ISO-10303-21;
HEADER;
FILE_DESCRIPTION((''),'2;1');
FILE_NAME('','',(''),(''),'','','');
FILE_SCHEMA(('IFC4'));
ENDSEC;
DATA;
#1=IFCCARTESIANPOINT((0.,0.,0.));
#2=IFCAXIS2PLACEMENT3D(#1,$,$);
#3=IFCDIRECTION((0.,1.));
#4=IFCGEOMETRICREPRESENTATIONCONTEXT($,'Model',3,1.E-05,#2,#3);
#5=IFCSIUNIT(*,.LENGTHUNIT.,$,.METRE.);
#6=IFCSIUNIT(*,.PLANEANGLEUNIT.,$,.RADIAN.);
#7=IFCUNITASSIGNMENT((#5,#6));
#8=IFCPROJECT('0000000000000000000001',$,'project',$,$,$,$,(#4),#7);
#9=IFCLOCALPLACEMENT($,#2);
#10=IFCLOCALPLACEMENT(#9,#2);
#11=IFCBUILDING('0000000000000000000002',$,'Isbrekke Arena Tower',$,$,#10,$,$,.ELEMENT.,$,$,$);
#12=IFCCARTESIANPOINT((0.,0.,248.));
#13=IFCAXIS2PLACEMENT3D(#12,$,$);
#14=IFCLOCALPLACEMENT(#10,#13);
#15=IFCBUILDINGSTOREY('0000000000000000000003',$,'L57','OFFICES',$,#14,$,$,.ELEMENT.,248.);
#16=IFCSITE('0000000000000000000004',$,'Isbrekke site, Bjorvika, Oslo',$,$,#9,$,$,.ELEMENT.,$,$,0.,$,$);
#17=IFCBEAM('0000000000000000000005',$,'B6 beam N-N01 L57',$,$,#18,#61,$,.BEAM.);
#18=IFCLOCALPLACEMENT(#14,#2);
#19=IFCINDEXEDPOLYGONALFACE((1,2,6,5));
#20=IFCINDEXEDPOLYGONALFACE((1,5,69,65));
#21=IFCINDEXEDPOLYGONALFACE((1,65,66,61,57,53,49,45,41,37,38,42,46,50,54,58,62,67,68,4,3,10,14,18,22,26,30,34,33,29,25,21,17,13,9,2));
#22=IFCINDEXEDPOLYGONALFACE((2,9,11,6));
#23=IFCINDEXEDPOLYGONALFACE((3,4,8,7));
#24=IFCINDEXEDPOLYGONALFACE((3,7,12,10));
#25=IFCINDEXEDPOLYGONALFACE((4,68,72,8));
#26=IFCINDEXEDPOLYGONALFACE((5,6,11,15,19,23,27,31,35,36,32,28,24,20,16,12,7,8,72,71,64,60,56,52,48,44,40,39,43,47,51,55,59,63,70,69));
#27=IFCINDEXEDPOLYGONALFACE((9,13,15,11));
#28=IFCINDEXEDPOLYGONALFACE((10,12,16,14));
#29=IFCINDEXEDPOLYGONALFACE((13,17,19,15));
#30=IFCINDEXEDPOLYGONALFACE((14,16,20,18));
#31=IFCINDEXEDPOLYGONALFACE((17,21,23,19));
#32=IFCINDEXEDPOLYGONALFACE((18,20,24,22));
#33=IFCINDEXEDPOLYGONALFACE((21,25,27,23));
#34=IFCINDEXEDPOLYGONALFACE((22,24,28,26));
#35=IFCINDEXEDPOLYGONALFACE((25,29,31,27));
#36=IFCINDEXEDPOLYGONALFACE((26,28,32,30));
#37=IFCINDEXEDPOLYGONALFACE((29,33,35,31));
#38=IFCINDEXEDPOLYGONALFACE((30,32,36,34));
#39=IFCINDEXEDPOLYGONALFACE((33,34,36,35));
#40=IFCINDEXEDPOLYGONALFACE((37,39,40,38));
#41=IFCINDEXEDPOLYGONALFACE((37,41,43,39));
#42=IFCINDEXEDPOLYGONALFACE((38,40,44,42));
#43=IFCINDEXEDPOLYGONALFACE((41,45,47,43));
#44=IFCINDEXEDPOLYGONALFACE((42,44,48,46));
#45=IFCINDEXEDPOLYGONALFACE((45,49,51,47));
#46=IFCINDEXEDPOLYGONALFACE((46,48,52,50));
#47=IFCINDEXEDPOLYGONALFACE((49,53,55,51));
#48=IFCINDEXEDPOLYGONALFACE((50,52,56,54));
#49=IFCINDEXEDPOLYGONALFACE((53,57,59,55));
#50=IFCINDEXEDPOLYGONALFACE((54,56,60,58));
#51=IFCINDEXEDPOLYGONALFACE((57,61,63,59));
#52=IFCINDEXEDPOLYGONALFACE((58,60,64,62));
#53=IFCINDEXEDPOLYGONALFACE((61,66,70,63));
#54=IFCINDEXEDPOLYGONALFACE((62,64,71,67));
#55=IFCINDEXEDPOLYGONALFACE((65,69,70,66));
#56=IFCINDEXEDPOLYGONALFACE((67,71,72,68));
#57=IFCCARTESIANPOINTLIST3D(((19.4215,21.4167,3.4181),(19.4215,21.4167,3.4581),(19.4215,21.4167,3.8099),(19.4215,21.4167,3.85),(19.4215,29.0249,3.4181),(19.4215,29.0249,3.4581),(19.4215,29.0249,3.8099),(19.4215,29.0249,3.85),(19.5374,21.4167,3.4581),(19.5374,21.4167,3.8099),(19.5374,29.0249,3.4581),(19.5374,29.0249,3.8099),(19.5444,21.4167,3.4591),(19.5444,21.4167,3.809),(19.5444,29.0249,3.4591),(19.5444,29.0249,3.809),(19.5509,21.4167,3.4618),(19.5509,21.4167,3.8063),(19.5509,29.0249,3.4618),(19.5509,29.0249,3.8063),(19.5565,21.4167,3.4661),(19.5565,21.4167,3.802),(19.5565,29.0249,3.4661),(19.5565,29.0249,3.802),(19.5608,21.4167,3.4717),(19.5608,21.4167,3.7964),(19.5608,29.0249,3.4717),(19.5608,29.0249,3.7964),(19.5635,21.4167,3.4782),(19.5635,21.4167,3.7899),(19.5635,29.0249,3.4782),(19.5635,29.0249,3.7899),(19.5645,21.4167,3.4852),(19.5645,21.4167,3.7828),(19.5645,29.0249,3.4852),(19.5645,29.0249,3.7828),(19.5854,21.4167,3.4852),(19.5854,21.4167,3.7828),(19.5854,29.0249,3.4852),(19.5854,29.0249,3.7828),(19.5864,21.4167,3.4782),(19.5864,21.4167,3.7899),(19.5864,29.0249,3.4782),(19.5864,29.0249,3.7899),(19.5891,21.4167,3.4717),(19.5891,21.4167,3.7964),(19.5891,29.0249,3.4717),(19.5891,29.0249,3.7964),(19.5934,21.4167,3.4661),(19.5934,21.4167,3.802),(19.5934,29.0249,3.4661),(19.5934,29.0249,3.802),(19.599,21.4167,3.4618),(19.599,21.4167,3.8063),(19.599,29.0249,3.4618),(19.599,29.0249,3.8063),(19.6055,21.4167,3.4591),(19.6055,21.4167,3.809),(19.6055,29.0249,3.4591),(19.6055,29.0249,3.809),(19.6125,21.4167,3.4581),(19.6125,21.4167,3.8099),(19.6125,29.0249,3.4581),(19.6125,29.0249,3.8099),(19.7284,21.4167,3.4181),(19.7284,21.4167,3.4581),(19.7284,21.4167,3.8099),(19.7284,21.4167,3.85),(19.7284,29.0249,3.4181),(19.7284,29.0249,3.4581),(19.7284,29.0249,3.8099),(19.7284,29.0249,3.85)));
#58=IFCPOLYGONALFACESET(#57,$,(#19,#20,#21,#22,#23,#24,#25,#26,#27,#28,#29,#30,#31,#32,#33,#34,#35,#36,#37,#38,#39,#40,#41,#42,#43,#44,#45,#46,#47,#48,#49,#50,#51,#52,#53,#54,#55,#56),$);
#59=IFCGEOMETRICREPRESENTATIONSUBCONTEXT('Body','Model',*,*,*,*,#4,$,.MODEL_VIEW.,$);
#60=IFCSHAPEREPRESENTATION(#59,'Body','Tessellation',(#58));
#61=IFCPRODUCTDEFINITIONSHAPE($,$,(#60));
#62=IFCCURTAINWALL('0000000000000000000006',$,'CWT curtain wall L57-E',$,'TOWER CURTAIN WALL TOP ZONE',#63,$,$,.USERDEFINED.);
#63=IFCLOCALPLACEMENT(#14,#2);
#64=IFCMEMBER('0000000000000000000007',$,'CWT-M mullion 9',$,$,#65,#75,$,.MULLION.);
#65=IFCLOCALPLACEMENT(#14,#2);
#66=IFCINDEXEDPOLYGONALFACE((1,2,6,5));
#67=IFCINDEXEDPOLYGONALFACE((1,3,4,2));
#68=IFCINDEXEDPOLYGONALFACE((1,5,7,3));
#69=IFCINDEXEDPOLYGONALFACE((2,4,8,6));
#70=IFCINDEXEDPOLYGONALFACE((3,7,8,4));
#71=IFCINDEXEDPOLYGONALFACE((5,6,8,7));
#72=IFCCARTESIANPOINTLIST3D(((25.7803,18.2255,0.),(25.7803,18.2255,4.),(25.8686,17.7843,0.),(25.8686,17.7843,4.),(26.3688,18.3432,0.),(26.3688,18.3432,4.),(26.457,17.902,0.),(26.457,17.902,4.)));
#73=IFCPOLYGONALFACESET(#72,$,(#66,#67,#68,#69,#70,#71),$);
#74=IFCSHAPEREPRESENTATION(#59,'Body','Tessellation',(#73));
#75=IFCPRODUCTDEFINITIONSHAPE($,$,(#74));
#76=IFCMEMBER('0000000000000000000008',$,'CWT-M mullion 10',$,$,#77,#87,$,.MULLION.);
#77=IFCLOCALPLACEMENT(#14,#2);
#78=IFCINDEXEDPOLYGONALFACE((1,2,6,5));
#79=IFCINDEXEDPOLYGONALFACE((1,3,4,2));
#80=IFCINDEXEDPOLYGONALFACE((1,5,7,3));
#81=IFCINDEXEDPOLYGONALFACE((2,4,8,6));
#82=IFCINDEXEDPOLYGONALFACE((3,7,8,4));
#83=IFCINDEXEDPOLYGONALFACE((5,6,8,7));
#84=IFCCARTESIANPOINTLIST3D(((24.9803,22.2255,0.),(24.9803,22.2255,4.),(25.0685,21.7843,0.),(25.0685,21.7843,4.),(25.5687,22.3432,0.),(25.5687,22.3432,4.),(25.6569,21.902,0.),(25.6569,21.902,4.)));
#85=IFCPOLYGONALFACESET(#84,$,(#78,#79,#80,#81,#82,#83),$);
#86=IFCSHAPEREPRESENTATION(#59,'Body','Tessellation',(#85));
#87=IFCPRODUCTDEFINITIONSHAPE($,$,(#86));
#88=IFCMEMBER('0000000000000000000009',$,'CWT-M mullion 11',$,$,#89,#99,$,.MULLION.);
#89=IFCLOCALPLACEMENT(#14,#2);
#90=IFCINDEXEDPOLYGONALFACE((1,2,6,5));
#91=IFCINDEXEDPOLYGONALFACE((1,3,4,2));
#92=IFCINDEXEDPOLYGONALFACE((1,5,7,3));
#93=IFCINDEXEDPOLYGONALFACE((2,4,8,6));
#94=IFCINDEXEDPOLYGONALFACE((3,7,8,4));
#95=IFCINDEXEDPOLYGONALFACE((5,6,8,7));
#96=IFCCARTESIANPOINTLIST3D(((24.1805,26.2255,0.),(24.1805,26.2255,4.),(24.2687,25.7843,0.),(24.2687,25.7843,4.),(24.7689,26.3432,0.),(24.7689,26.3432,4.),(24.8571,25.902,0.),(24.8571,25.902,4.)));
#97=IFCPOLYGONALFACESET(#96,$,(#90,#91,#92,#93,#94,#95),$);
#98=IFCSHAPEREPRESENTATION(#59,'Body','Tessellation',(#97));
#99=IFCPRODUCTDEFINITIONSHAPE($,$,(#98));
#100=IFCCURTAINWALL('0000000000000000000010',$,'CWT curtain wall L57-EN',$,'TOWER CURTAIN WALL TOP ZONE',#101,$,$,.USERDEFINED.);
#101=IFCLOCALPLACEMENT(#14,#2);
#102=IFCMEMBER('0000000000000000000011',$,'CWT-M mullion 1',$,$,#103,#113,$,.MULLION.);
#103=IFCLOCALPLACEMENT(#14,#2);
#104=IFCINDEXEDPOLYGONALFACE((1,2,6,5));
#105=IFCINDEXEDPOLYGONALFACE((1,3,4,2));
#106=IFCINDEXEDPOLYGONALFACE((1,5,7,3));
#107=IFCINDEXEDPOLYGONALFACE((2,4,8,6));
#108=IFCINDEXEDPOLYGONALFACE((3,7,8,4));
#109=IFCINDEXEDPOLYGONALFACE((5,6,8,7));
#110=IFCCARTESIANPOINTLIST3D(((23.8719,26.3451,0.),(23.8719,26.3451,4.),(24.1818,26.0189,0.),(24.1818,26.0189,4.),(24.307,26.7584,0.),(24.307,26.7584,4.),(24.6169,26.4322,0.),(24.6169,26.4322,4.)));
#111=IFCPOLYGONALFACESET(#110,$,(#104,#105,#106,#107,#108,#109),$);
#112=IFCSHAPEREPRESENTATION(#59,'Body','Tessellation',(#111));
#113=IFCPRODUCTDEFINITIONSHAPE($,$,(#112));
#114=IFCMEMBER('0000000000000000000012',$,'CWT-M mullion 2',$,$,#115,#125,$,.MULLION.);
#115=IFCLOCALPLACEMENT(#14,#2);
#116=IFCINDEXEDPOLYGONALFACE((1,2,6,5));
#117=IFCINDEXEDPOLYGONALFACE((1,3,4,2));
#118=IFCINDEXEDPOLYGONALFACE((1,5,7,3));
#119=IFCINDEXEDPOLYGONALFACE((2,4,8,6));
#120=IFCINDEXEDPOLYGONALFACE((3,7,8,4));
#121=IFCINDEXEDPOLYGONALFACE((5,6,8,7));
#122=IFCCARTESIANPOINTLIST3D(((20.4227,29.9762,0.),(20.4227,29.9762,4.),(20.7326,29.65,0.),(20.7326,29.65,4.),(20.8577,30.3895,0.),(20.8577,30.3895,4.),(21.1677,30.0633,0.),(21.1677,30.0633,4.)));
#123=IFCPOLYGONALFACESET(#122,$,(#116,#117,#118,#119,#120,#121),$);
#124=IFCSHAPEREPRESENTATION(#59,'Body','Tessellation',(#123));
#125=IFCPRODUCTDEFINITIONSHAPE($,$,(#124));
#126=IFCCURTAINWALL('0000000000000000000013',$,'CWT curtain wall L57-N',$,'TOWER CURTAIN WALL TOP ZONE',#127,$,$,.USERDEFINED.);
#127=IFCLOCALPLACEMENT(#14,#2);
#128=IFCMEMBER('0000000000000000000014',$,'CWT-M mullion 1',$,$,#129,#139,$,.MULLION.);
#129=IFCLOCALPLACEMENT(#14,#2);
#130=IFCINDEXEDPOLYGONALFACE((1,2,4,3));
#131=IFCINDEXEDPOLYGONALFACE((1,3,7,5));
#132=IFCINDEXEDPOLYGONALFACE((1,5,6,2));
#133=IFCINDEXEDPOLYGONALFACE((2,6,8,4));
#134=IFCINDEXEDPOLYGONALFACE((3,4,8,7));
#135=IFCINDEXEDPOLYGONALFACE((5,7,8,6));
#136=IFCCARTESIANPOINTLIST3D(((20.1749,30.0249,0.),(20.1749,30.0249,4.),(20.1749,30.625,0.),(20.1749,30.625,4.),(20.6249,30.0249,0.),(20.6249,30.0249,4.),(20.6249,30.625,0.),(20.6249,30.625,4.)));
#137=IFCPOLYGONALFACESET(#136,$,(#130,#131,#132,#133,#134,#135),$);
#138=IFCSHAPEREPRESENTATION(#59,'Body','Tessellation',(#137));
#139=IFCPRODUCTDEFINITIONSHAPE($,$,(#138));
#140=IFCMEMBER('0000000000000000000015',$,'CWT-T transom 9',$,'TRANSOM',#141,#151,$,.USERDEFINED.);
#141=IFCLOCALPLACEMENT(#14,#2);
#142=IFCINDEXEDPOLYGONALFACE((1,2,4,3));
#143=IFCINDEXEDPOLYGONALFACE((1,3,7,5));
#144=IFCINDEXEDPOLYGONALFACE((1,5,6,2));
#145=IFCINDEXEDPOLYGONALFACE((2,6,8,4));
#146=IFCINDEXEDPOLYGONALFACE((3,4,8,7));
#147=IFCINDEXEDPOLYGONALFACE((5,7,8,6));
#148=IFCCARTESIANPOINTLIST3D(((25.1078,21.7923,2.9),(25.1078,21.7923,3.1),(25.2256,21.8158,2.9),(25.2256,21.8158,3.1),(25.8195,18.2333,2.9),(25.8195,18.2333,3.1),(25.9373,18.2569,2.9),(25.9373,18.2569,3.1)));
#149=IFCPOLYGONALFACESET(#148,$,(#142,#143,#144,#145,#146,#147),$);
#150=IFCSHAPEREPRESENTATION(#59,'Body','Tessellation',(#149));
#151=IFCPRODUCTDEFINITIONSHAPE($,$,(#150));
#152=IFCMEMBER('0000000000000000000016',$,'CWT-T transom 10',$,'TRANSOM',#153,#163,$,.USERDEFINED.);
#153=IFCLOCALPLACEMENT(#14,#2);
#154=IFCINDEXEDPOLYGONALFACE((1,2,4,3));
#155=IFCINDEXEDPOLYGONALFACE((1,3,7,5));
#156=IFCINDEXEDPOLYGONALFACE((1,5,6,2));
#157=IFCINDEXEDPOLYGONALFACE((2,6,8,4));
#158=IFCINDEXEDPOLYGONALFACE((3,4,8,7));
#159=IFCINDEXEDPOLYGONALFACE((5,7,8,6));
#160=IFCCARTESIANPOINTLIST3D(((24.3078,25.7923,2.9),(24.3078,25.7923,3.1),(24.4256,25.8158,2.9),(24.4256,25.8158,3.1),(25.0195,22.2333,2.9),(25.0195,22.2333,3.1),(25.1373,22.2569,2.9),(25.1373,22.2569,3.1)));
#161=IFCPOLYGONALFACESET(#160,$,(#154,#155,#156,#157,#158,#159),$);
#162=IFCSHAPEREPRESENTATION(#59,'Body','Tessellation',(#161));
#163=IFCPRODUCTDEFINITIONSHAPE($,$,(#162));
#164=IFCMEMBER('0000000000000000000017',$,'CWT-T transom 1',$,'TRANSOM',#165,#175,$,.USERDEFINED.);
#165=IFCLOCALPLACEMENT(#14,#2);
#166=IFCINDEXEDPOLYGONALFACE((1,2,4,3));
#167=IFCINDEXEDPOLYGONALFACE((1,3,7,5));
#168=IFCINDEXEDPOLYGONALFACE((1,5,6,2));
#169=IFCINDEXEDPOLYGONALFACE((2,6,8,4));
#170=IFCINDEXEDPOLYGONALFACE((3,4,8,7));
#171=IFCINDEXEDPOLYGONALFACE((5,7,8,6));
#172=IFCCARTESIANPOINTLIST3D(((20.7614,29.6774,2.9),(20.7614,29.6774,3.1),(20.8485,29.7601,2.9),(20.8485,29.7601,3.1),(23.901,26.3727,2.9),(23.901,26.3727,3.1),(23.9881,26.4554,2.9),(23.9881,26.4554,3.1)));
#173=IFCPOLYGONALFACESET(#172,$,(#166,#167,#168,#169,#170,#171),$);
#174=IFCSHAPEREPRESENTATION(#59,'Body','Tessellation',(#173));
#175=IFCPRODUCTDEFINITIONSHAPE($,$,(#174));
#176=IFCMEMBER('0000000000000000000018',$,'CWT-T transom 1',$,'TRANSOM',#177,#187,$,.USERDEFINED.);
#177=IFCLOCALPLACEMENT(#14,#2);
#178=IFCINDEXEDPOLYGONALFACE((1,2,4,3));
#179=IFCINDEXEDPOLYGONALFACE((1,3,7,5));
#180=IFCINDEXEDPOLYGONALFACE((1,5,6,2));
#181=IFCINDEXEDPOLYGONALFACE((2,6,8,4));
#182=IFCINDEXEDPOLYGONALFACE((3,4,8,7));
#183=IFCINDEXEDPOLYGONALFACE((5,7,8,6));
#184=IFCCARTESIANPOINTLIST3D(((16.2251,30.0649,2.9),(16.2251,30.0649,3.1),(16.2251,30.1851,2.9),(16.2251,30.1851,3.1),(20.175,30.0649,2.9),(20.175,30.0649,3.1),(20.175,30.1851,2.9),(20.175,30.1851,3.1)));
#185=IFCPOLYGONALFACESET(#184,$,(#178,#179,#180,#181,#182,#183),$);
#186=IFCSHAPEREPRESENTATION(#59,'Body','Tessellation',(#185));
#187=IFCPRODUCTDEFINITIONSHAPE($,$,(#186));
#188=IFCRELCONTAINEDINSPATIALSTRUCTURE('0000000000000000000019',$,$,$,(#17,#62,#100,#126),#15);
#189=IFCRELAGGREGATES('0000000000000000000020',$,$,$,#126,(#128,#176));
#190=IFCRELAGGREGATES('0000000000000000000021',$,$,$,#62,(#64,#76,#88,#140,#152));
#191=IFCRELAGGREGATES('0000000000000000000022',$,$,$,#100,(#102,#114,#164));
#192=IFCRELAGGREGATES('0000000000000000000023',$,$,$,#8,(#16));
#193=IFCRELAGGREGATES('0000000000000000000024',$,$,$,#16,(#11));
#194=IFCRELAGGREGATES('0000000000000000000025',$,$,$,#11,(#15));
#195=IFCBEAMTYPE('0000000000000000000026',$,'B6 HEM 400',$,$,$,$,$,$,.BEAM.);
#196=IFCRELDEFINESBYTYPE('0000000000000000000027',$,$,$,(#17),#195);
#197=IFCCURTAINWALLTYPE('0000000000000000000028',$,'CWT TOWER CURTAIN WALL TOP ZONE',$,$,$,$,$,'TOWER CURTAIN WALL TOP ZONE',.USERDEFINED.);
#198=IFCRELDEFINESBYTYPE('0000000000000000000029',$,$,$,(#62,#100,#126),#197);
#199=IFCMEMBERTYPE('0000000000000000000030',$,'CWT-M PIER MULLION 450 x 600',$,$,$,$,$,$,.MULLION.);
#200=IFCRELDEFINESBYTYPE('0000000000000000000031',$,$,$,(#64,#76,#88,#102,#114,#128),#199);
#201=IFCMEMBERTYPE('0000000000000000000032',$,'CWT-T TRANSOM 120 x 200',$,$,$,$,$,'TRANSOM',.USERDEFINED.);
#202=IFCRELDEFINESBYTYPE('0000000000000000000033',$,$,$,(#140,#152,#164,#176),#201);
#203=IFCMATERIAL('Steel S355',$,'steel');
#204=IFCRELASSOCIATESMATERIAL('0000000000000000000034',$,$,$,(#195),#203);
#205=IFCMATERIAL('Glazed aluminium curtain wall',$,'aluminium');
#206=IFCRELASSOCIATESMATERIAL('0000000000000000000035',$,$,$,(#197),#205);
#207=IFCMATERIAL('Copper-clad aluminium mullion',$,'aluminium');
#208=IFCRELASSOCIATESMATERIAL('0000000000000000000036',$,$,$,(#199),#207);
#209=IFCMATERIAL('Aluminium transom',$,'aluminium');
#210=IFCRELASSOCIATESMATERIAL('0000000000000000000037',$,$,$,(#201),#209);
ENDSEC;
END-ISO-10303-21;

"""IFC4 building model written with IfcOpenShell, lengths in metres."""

from ifc_helpers import new_model, si_unit, direction, frame, origin, origin_2d, place, context, subcontext, project, spatial, rectangle, i_section, extrude, material, material_profile, profile_set, type_object, element, aggregate, save


model = new_model("IFC4")

# Units and contexts
model_context = context("Model", 3, precision=1e-05, world=origin(), true_north=direction((0.0, 1.0)))
body_context = subcontext(model_context, "Body", "Model", "MODEL_VIEW")
ifc_project = project(units=[si_unit("LENGTHUNIT", "METRE"), si_unit("PLANEANGLEUNIT", "RADIAN")], contexts=[model_context])

# Site, building, storey
site_placement = place(None, origin())
site = spatial("IfcSite", under=ifc_project, at=site_placement, Name="Isbrekke site, Bjorvika, Oslo", CompositionType="ELEMENT", RefElevation=0.0)
building_placement = place(site_placement, origin())
building = spatial("IfcBuilding", under=site, at=building_placement, Name="Isbrekke Arena Tower", CompositionType="ELEMENT")
storey_placement = place(building_placement, frame((0.0, 0.0, 248.0)))
storey = spatial("IfcBuildingStorey", under=building, at=storey_placement, Name="L57", Description="OFFICES", CompositionType="ELEMENT", Elevation=248.0)

# Beam
ifc_material_1 = material(Name="Steel S355", Category="steel")
ifc_material_profile_1 = material_profile(ifc_material_1, i_section(OverallWidth=0.3069, OverallDepth=0.4319, WebThickness=0.021, FlangeThickness=0.04, FilletRadius=0.0271, at=origin_2d()), Name="HEM 400")
ifc_profile_set_1 = profile_set([ifc_material_profile_1], Name="Steel S355")
beam_type_1 = type_object("IfcBeamType", Name="B6 HEM 400", PredefinedType="BEAM", material=ifc_profile_set_1)
beam_1_placement = place(storey_placement, frame((19.575, 29.0249, 3.634), z_axis=(0.0, -1.0, 0.0), x_axis=(1.0, 0.0, 0.0)))
element("IfcBeam", 1, at=beam_1_placement, inside=storey, type_object=beam_type_1, Name="B6 beam N-N01 L57", PredefinedType="BEAM", context=body_context, shape_type="SweptSolid", body=[
    extrude(i_section(OverallWidth=0.3069, OverallDepth=0.4319, WebThickness=0.021, FlangeThickness=0.04, FilletRadius=0.0271, at=origin_2d()), origin(), (0.0, 0.0, 1.0), 7.6082),
])

# Curtain walls, members
ifc_material_2 = material(Name="Glazed aluminium curtain wall", Category="aluminium")
curtain_wall_type = type_object("IfcCurtainWallType", Name="CWT TOWER CURTAIN WALL TOP ZONE", ElementType="TOWER CURTAIN WALL TOP ZONE", PredefinedType="USERDEFINED", material=ifc_material_2)
curtain_wall_1_placement = place(storey_placement, origin())
curtain_wall_1 = element("IfcCurtainWall", 2, at=curtain_wall_1_placement, inside=storey, type_object=curtain_wall_type, Name="CWT curtain wall L57-E", ObjectType="TOWER CURTAIN WALL TOP ZONE", PredefinedType="USERDEFINED")
ifc_material_3 = material(Name="Copper-clad aluminium mullion", Category="aluminium")
ifc_material_profile_2 = material_profile(ifc_material_3, rectangle(XDim=0.45, YDim=0.6001, at=origin_2d()), Name="PIER 450X600")
ifc_profile_set_2 = profile_set([ifc_material_profile_2], Name="Copper-clad aluminium mullion")
member_type_1 = type_object("IfcMemberType", Name="CWT-M PIER MULLION 450 x 600", PredefinedType="MULLION", material=ifc_profile_set_2)
member_1_placement = place(storey_placement, frame((26.1187, 18.0637, 0.0), z_axis=(0.0, 0.0, 1.0), x_axis=(-0.196116, 0.980581, 0.0)))
member_1 = element("IfcMember", 3, at=member_1_placement, type_object=member_type_1, Name="CWT-M mullion 9", PredefinedType="MULLION", context=body_context, shape_type="SweptSolid", body=[
    extrude(rectangle(XDim=0.45, YDim=0.6001, at=origin_2d()), origin(), (0.0, 0.0, 1.0), 4.0),
])
member_2_placement = place(storey_placement, frame((25.3186, 22.0637, 0.0), z_axis=(0.0, 0.0, 1.0), x_axis=(-0.196116, 0.980581, 0.0)))
member_2 = element("IfcMember", 4, at=member_2_placement, type_object=member_type_1, Name="CWT-M mullion 10", PredefinedType="MULLION", context=body_context, shape_type="SweptSolid", body=[
    extrude(rectangle(XDim=0.45, YDim=0.6001, at=origin_2d()), origin(), (0.0, 0.0, 1.0), 4.0),
])
member_3_placement = place(storey_placement, frame((24.5188, 26.0637, 0.0), z_axis=(0.0, 0.0, 1.0), x_axis=(-0.196116, 0.980581, 0.0)))
member_3 = element("IfcMember", 5, at=member_3_placement, type_object=member_type_1, Name="CWT-M mullion 11", PredefinedType="MULLION", context=body_context, shape_type="SweptSolid", body=[
    extrude(rectangle(XDim=0.45, YDim=0.6001, at=origin_2d()), origin(), (0.0, 0.0, 1.0), 4.0),
])
curtain_wall_2_placement = place(storey_placement, origin())
curtain_wall_2 = element("IfcCurtainWall", 6, at=curtain_wall_2_placement, inside=storey, type_object=curtain_wall_type, Name="CWT curtain wall L57-EN", ObjectType="TOWER CURTAIN WALL TOP ZONE", PredefinedType="USERDEFINED")
member_4_placement = place(storey_placement, frame((24.2444, 26.3887, 0.0), z_axis=(0.0, 0.0, 1.0), x_axis=(-0.688749, 0.724999, 0.0)))
member_4 = element("IfcMember", 7, at=member_4_placement, type_object=member_type_1, Name="CWT-M mullion 1", PredefinedType="MULLION", context=body_context, shape_type="SweptSolid", body=[
    extrude(rectangle(XDim=0.45, YDim=0.6001, at=origin_2d()), origin(), (0.0, 0.0, 1.0), 4.0),
])
member_5_placement = place(storey_placement, frame((20.7952, 30.0198, 0.0), z_axis=(0.0, 0.0, 1.0), x_axis=(-0.688749, 0.724999, 0.0)))
member_5 = element("IfcMember", 8, at=member_5_placement, type_object=member_type_1, Name="CWT-M mullion 2", PredefinedType="MULLION", context=body_context, shape_type="SweptSolid", body=[
    extrude(rectangle(XDim=0.45, YDim=0.6001, at=origin_2d()), origin(), (0.0, 0.0, 1.0), 4.0),
])

# Curtain wall, member
curtain_wall_3_placement = place(storey_placement, origin())
curtain_wall_3 = element("IfcCurtainWall", 9, at=curtain_wall_3_placement, inside=storey, type_object=curtain_wall_type, Name="CWT curtain wall L57-N", ObjectType="TOWER CURTAIN WALL TOP ZONE", PredefinedType="USERDEFINED")
member_6_placement = place(storey_placement, frame((20.3999, 30.325, 0.0), z_axis=(0.0, 0.0, 1.0), x_axis=(-1.0, 0.0, 0.0)))
member_6 = element("IfcMember", 10, at=member_6_placement, type_object=member_type_1, Name="CWT-M mullion 1", PredefinedType="MULLION", context=body_context, shape_type="SweptSolid", body=[
    extrude(rectangle(XDim=0.45, YDim=0.6001, at=origin_2d()), origin(), (0.0, 0.0, 1.0), 4.0),
])

# Members
ifc_material_4 = material(Name="Aluminium transom", Category="aluminium")
ifc_material_profile_3 = material_profile(ifc_material_4, rectangle(XDim=0.1201, YDim=0.2, at=origin_2d()), Name="TRANSOM 120X200")
ifc_profile_set_3 = profile_set([ifc_material_profile_3], Name="Aluminium transom")
member_type_2 = type_object("IfcMemberType", Name="CWT-T TRANSOM 120 x 200", ElementType="TRANSOM", PredefinedType="USERDEFINED", material=ifc_profile_set_3)
member_7_placement = place(storey_placement, frame((25.8784, 18.2451, 3.0), z_axis=(-0.19609, 0.980586, 0.0), x_axis=(-0.980586, -0.19609, 0.0)))
member_7 = element("IfcMember", 11, at=member_7_placement, type_object=member_type_2, Name="CWT-T transom 9", ObjectType="TRANSOM", PredefinedType="USERDEFINED", context=body_context, shape_type="SweptSolid", body=[
    extrude(rectangle(XDim=0.1201, YDim=0.2, at=origin_2d()), origin(), (0.0, 0.0, 1.0), 3.6294),
])
member_8_placement = place(storey_placement, frame((25.0784, 22.2451, 3.0), z_axis=(-0.19609, 0.980586, 0.0), x_axis=(-0.980586, -0.19609, 0.0)))
member_8 = element("IfcMember", 12, at=member_8_placement, type_object=member_type_2, Name="CWT-T transom 10", ObjectType="TRANSOM", PredefinedType="USERDEFINED", context=body_context, shape_type="SweptSolid", body=[
    extrude(rectangle(XDim=0.1201, YDim=0.2, at=origin_2d()), origin(), (0.0, 0.0, 1.0), 3.6294),
])
member_9_placement = place(storey_placement, frame((23.9446, 26.4141, 3.0), z_axis=(-0.688772, 0.724978, 0.0), x_axis=(-0.724978, -0.688772, 0.0)))
member_9 = element("IfcMember", 13, at=member_9_placement, type_object=member_type_2, Name="CWT-T transom 1", ObjectType="TRANSOM", PredefinedType="USERDEFINED", context=body_context, shape_type="SweptSolid", body=[
    extrude(rectangle(XDim=0.1201, YDim=0.2, at=origin_2d()), origin(), (0.0, 0.0, 1.0), 4.5583),
])
member_10_placement = place(storey_placement, frame((20.175, 30.125, 3.0), z_axis=(-1.0, 0.0, 0.0), x_axis=(0.0, -1.0, 0.0)))
member_10 = element("IfcMember", 14, at=member_10_placement, type_object=member_type_2, Name="CWT-T transom 1", ObjectType="TRANSOM", PredefinedType="USERDEFINED", context=body_context, shape_type="SweptSolid", body=[
    extrude(rectangle(XDim=0.1201, YDim=0.2, at=origin_2d()), origin(), (0.0, 0.0, 1.0), 3.95),
])
aggregate(curtain_wall_3, [member_6, member_10])

aggregate(curtain_wall_1, [member_1, member_2, member_3, member_7, member_8])
aggregate(curtain_wall_2, [member_4, member_5, member_9])

save(model, "model.ifc")
